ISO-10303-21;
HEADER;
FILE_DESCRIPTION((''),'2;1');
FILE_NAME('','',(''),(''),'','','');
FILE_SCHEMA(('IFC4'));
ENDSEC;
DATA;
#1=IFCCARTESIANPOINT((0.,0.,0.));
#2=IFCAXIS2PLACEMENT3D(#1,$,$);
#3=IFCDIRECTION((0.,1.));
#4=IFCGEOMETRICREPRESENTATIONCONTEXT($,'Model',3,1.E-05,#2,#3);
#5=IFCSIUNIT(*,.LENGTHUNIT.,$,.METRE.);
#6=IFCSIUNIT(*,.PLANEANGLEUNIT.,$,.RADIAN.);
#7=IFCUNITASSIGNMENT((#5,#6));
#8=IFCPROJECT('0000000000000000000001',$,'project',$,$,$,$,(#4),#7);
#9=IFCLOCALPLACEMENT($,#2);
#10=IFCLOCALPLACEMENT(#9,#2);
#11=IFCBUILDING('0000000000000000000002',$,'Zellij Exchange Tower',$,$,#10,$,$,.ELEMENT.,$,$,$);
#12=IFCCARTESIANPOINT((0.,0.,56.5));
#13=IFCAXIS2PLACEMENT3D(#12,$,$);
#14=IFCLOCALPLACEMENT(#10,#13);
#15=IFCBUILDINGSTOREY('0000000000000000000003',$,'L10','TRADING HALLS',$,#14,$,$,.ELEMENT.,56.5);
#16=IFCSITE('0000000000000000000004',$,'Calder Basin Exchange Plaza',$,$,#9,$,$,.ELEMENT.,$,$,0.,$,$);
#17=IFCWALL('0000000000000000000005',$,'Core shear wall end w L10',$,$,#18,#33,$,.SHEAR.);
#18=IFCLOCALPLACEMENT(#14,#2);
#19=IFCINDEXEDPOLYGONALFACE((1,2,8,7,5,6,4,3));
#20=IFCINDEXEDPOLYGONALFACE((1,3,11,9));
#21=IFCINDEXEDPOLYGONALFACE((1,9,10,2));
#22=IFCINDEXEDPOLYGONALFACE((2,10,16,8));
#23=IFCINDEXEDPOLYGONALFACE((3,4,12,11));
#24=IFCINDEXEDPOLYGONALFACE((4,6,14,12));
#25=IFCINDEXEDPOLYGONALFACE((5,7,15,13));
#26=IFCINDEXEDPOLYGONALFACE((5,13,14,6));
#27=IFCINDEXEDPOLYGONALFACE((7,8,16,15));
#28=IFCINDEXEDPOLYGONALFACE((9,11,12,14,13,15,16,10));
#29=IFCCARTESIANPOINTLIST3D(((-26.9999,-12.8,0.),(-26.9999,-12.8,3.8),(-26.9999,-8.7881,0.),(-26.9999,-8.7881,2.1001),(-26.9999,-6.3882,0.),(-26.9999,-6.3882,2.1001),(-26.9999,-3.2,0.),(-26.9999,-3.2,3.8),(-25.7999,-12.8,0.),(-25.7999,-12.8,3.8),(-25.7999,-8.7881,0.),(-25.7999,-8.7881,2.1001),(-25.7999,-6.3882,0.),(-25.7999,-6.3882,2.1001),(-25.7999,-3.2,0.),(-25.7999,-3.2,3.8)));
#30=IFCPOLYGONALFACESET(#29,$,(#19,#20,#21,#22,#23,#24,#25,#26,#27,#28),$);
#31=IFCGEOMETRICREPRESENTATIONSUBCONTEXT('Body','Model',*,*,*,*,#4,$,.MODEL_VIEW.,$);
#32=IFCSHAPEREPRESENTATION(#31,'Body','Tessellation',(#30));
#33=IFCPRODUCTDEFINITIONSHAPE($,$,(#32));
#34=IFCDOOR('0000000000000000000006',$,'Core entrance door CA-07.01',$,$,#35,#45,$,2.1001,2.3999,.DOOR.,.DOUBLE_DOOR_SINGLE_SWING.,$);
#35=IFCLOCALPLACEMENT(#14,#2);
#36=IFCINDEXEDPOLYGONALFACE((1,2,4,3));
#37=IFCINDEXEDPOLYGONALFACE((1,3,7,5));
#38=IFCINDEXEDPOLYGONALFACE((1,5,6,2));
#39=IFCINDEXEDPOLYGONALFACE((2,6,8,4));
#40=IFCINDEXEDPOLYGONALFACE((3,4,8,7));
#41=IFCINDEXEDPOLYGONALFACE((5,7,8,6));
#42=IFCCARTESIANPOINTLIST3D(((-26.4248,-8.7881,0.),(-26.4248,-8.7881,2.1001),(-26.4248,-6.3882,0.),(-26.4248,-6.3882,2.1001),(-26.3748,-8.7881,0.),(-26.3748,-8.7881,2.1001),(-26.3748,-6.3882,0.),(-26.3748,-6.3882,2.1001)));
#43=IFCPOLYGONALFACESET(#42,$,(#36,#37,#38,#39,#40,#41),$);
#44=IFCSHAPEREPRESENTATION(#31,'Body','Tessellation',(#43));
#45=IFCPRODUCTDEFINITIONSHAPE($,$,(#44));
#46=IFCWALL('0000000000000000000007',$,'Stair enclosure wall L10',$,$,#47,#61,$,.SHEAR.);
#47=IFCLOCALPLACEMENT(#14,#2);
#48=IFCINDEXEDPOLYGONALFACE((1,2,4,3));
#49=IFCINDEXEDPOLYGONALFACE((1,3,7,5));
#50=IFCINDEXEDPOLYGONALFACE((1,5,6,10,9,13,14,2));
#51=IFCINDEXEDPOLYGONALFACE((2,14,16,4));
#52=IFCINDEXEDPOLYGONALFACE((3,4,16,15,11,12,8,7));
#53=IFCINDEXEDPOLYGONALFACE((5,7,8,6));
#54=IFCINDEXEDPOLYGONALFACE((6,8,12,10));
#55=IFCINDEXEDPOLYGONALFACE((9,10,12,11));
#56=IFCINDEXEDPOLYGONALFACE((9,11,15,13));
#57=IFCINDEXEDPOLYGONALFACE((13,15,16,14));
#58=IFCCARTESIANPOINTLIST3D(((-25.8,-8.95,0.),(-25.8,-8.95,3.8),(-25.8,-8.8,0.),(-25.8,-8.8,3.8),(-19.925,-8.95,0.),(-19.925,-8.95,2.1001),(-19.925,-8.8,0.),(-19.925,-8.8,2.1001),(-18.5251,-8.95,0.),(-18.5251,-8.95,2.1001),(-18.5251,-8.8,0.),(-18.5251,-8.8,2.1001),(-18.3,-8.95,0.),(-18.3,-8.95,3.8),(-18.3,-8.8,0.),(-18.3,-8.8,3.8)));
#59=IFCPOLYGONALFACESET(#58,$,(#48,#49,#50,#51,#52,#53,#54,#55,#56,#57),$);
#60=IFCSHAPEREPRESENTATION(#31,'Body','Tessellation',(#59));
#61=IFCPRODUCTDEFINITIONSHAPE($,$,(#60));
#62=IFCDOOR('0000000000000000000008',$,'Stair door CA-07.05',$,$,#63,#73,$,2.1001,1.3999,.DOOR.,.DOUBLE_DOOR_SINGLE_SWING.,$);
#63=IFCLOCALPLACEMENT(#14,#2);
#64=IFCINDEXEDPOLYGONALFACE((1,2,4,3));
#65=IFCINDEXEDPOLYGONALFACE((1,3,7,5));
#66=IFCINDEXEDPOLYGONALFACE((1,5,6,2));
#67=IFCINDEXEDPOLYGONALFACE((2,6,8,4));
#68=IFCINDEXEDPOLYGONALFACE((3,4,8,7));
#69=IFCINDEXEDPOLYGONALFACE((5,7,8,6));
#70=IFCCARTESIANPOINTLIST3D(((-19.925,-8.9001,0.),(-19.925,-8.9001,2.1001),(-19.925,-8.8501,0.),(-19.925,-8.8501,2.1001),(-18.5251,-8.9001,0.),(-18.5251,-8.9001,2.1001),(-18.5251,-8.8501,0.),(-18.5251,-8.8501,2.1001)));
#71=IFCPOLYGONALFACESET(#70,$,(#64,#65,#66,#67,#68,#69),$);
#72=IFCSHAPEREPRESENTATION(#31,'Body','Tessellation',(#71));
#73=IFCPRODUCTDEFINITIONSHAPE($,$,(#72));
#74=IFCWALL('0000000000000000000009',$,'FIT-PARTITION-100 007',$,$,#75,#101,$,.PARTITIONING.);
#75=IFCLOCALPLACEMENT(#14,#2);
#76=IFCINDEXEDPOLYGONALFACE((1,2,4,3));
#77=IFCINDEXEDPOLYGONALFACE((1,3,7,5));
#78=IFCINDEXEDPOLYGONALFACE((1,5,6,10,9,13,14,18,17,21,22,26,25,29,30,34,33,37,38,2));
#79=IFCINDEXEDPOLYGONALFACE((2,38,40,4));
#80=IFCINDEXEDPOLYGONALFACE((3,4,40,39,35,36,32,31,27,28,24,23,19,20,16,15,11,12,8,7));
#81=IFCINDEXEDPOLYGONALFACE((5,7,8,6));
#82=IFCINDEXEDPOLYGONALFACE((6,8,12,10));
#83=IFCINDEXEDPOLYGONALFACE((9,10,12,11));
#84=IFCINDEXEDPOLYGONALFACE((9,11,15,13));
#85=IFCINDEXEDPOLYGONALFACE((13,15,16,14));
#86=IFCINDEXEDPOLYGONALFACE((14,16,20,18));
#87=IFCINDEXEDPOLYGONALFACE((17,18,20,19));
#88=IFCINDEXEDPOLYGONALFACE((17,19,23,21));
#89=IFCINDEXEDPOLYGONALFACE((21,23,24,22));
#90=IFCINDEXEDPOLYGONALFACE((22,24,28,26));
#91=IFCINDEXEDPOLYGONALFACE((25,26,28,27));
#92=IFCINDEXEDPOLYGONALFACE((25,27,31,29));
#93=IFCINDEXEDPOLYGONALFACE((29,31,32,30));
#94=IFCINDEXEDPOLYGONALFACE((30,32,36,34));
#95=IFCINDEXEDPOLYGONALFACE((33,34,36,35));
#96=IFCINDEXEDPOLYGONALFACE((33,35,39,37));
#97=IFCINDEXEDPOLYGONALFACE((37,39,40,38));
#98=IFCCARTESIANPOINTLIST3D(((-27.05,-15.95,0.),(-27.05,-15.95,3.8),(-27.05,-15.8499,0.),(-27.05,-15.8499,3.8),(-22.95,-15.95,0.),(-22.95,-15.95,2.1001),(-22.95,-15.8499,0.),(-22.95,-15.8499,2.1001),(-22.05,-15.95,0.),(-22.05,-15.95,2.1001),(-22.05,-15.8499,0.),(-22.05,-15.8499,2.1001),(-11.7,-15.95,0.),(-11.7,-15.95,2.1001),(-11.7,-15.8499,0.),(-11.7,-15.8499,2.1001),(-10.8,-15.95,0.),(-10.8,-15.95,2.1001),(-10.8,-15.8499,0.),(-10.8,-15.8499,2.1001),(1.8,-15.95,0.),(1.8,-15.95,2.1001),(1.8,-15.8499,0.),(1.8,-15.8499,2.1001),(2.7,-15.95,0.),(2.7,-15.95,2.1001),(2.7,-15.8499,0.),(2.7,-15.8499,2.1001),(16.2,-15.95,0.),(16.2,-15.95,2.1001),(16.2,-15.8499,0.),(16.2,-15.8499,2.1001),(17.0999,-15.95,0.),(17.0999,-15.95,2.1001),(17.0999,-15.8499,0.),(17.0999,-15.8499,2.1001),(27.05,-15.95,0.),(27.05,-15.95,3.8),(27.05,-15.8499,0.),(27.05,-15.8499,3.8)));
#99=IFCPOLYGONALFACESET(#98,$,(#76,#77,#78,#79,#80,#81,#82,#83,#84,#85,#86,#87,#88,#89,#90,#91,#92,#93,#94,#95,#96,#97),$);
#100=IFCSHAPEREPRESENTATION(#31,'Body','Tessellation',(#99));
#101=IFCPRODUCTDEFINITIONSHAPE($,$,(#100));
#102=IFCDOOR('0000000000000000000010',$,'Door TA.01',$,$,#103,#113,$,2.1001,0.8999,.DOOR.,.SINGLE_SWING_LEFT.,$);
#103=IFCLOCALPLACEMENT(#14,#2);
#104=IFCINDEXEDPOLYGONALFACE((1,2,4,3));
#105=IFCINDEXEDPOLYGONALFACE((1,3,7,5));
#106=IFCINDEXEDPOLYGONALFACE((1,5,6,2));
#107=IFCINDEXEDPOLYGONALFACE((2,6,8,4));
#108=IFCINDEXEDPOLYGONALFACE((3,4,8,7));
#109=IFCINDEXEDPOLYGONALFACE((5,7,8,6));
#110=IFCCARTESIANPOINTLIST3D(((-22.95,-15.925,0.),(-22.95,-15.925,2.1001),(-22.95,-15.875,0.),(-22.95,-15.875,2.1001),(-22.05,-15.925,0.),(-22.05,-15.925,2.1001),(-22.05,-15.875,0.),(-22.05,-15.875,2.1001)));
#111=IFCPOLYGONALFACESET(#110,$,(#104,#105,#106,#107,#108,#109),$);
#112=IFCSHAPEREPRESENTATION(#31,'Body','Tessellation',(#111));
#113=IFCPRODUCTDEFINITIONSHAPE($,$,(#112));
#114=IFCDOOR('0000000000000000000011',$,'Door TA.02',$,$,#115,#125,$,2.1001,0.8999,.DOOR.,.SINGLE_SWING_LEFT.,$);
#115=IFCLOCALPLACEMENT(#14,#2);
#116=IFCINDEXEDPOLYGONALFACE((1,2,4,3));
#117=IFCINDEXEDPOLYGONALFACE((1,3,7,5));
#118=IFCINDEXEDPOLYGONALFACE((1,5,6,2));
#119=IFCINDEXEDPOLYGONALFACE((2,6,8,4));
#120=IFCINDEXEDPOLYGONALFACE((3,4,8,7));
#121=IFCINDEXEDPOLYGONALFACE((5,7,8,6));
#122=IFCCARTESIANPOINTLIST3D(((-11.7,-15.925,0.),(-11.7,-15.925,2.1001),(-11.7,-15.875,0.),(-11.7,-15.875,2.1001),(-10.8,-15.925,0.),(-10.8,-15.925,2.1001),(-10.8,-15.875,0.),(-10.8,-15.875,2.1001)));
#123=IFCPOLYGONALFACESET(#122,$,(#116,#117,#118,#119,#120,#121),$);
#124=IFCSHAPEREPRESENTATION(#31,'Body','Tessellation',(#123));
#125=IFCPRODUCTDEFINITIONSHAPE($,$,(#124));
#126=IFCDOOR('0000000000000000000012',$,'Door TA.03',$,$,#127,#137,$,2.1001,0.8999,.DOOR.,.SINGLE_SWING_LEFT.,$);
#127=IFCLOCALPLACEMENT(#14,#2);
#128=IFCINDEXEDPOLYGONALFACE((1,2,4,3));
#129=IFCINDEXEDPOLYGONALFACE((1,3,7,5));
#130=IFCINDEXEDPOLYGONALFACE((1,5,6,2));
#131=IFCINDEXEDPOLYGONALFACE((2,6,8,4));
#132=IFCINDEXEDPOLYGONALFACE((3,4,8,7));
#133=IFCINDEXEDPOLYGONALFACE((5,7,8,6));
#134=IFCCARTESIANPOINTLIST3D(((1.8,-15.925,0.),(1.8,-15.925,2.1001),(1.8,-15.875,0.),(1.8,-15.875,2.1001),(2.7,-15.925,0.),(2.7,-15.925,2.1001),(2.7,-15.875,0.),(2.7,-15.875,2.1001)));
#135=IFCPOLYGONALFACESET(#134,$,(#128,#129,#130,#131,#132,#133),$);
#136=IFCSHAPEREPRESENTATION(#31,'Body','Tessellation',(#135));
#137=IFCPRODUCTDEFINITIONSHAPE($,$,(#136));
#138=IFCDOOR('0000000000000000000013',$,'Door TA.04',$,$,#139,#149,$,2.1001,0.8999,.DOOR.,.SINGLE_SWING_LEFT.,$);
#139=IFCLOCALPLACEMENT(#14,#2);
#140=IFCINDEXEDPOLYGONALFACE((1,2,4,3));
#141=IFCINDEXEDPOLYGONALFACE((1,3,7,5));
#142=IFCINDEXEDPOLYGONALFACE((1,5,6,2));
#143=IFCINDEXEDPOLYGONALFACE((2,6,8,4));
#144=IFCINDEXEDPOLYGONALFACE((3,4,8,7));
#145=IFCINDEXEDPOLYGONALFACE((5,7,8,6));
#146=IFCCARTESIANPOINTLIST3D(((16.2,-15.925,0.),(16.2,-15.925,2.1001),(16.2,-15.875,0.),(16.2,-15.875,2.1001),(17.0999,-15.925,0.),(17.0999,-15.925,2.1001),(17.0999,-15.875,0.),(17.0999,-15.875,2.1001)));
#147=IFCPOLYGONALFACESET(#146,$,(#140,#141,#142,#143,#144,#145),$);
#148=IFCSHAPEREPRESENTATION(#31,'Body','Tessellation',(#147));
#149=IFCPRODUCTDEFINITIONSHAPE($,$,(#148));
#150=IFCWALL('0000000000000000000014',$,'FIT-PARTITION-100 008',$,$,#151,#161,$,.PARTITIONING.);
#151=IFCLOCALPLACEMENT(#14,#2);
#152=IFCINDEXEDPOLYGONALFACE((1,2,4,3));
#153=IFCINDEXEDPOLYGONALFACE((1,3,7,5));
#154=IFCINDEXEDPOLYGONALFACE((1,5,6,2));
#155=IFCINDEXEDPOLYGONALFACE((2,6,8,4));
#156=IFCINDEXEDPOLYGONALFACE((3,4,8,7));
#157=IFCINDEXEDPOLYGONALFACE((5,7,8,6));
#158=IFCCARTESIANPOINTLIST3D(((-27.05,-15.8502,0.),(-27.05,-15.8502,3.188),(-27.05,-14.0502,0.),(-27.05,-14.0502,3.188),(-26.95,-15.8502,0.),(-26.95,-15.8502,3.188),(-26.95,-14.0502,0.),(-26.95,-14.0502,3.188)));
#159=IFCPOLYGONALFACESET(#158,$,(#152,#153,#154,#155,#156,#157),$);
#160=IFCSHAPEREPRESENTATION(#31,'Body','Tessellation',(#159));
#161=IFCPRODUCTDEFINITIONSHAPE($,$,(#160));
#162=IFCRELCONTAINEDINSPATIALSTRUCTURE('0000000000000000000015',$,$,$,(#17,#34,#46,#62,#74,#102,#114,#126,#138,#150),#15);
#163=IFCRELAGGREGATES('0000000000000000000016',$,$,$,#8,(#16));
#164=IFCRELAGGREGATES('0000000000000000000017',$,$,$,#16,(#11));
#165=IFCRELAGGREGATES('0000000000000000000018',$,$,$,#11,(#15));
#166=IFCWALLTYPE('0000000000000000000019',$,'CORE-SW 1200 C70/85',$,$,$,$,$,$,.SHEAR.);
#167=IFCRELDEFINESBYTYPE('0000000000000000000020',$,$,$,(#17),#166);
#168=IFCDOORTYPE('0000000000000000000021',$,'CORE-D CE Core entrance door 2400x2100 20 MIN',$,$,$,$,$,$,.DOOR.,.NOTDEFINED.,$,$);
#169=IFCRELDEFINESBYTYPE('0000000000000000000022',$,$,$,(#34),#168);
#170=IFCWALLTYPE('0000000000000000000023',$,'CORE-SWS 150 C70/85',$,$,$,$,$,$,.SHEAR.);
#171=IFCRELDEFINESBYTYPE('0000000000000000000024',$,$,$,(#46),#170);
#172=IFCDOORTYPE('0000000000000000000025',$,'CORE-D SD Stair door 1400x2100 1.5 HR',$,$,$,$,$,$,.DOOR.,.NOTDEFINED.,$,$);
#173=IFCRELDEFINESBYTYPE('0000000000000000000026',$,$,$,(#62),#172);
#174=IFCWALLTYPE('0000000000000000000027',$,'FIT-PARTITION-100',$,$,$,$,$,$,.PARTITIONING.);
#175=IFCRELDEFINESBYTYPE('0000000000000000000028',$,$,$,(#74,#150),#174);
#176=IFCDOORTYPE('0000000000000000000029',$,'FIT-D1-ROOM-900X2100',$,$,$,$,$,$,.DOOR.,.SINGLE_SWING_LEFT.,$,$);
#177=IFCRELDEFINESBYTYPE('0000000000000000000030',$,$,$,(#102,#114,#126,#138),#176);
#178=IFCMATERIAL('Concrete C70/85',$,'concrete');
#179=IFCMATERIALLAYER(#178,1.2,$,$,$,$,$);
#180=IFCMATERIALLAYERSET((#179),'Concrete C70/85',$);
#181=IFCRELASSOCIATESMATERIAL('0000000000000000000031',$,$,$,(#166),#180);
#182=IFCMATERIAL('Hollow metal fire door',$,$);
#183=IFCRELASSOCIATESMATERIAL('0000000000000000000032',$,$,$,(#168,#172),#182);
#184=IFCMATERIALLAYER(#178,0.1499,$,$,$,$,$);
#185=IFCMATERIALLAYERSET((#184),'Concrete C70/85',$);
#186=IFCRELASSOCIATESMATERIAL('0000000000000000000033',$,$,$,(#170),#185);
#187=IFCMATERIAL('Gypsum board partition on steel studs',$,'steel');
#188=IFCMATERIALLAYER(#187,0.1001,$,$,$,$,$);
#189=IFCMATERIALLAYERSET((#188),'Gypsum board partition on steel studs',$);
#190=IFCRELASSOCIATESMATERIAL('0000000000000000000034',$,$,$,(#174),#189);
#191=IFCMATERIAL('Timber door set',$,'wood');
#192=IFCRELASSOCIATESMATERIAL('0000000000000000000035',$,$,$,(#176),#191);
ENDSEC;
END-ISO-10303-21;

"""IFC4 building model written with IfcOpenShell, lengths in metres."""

from ifc_helpers import new_model, si_unit, direction, frame, frame_2d, origin, place, context, subcontext, project, spatial, rectangle, extrude, material, layer, layer_set, type_object, element, fill, save


model = new_model("IFC4")

# Units and contexts
model_context = context("Model", 3, precision=1e-05, world=origin(), true_north=direction((0.0, 1.0)))
body_context = subcontext(model_context, "Body", "Model", "MODEL_VIEW")
ifc_project = project(units=[si_unit("LENGTHUNIT", "METRE"), si_unit("PLANEANGLEUNIT", "RADIAN")], contexts=[model_context])

# Site, building, storey
site_placement = place(None, origin())
site = spatial("IfcSite", under=ifc_project, at=site_placement, Name="Calder Basin Exchange Plaza", CompositionType="ELEMENT", RefElevation=0.0)
building_placement = place(site_placement, origin())
building = spatial("IfcBuilding", under=site, at=building_placement, Name="Zellij Exchange Tower", CompositionType="ELEMENT")
storey_placement = place(building_placement, frame((0.0, 0.0, 56.5)))
storey = spatial("IfcBuildingStorey", under=building, at=storey_placement, Name="L10", Description="TRADING HALLS", CompositionType="ELEMENT", Elevation=56.5)

# Shared definitions
ifc_material_1 = material(Name="Concrete C70/85", Category="concrete")

# Shared definitions
ifc_layer_1 = layer(ifc_material_1, 1.2)
ifc_layer_set_1 = layer_set([ifc_layer_1], Name="Concrete C70/85")
wall_type_1 = type_object("IfcWallType", Name="CORE-SW 1200 C70/85", PredefinedType="SHEAR", material=ifc_layer_set_1)
ifc_material_2 = material(Name="Hollow metal fire door")

# Walls, openings, doors
wall_1_placement = place(storey_placement, frame((-26.3999, -12.8, 0.0), z_axis=(0.0, 0.0, 1.0), x_axis=(0.0, 1.0, 0.0)))
wall_1 = element("IfcWall", 1, at=wall_1_placement, inside=storey, type_object=wall_type_1, Name="Core shear wall end w L10", PredefinedType="SHEAR", context=body_context, shape_type="SweptSolid", body=[
    extrude(rectangle(XDim=9.6001, YDim=1.2, at=frame_2d((4.8, 0.0))), origin(), (0.0, 0.0, 1.0), 3.8),
])
opening_1_placement = place(wall_1_placement, frame((4.012, 0.0, 0.0)))
opening_1 = element("IfcOpeningElement", 2, at=opening_1_placement, cuts=wall_1, PredefinedType="OPENING", context=body_context, shape_type="SweptSolid", body=[
    extrude(rectangle(XDim=2.3999, YDim=2.1001, at=frame_2d((1.2, 1.05))), frame((0.0, 0.6118, 0.0), z_axis=(0.0, -1.0, 0.0), x_axis=(1.0, 0.0, 0.0)), (0.0, 0.0, 1.0), 1.2239),
])
door_type_1 = type_object("IfcDoorType", Name="CORE-D CE Core entrance door 2400x2100 20 MIN", OperationType="NOTDEFINED", PredefinedType="DOOR", material=ifc_material_2)
door_1_placement = place(opening_1_placement, origin())
door_1 = element("IfcDoor", 3, at=door_1_placement, inside=storey, type_object=door_type_1, Name="Core entrance door CA-07.01", OperationType="DOUBLE_DOOR_SINGLE_SWING", OverallHeight=2.1001, OverallWidth=2.3999, PredefinedType="DOOR", context=body_context, shape_type="SweptSolid", body=[
    extrude(rectangle(XDim=2.3999, YDim=2.1001, at=frame_2d((1.2, 1.05))), frame((0.0, 0.0249, 0.0), z_axis=(0.0, -1.0, 0.0), x_axis=(1.0, 0.0, 0.0)), (0.0, 0.0, 1.0), 0.05),
])
fill(opening_1, door_1)
ifc_layer_2 = layer(ifc_material_1, 0.1499)
ifc_layer_set_2 = layer_set([ifc_layer_2], Name="Concrete C70/85")
wall_type_2 = type_object("IfcWallType", Name="CORE-SWS 150 C70/85", PredefinedType="SHEAR", material=ifc_layer_set_2)
wall_2_placement = place(storey_placement, frame((-25.8, -8.875, 0.0), z_axis=(0.0, 0.0, 1.0), x_axis=(1.0, 0.0, 0.0)))
wall_2 = element("IfcWall", 4, at=wall_2_placement, inside=storey, type_object=wall_type_2, Name="Stair enclosure wall L10", PredefinedType="SHEAR", context=body_context, shape_type="SweptSolid", body=[
    extrude(rectangle(XDim=7.5, YDim=0.1499, at=frame_2d((3.75, 0.0))), origin(), (0.0, 0.0, 1.0), 3.8),
])
opening_2_placement = place(wall_2_placement, frame((5.875, 0.0, 0.0)))
opening_2 = element("IfcOpeningElement", 5, at=opening_2_placement, cuts=wall_2, PredefinedType="OPENING", context=body_context, shape_type="SweptSolid", body=[
    extrude(rectangle(XDim=1.3999, YDim=2.1001, at=frame_2d((0.7, 1.05))), frame((0.0, 0.0869, 0.0), z_axis=(0.0, -1.0, 0.0), x_axis=(1.0, 0.0, 0.0)), (0.0, 0.0, 1.0), 0.1738),
])
door_type_2 = type_object("IfcDoorType", Name="CORE-D SD Stair door 1400x2100 1.5 HR", OperationType="NOTDEFINED", PredefinedType="DOOR", material=ifc_material_2)
door_2_placement = place(opening_2_placement, origin())
door_2 = element("IfcDoor", 6, at=door_2_placement, inside=storey, type_object=door_type_2, Name="Stair door CA-07.05", OperationType="DOUBLE_DOOR_SINGLE_SWING", OverallHeight=2.1001, OverallWidth=1.3999, PredefinedType="DOOR", context=body_context, shape_type="SweptSolid", body=[
    extrude(rectangle(XDim=1.3999, YDim=2.1001, at=frame_2d((0.7, 1.05))), frame((0.0, 0.0249, 0.0), z_axis=(0.0, -1.0, 0.0), x_axis=(1.0, 0.0, 0.0)), (0.0, 0.0, 1.0), 0.05),
])
fill(opening_2, door_2)

# Wall, openings, doors
ifc_material_3 = material(Name="Gypsum board partition on steel studs", Category="steel")
ifc_layer_3 = layer(ifc_material_3, 0.1001)
ifc_layer_set_3 = layer_set([ifc_layer_3], Name="Gypsum board partition on steel studs")
wall_type_3 = type_object("IfcWallType", Name="FIT-PARTITION-100", PredefinedType="PARTITIONING", material=ifc_layer_set_3)
wall_3_placement = place(storey_placement, frame((-27.05, -15.8999, 0.0), z_axis=(0.0, 0.0, 1.0), x_axis=(1.0, 0.0, 0.0)))
wall_3 = element("IfcWall", 7, at=wall_3_placement, inside=storey, type_object=wall_type_3, Name="FIT-PARTITION-100 007", PredefinedType="PARTITIONING", context=body_context, shape_type="SweptSolid", body=[
    extrude(rectangle(XDim=54.1001, YDim=0.1001, at=frame_2d((27.05, 0.0))), origin(), (0.0, 0.0, 1.0), 3.8),
])
opening_3_placement = place(wall_3_placement, frame((4.1001, 0.0, 0.0)))
opening_3 = element("IfcOpeningElement", 8, at=opening_3_placement, cuts=wall_3, PredefinedType="OPENING", context=body_context, shape_type="SweptSolid", body=[
    extrude(rectangle(XDim=0.8999, YDim=2.1001, at=frame_2d((0.45, 1.05))), frame((0.0, 0.062, 0.0), z_axis=(0.0, -1.0, 0.0), x_axis=(1.0, 0.0, 0.0)), (0.0, 0.0, 1.0), 0.124),
])
opening_4_placement = place(wall_3_placement, frame((15.3501, 0.0, 0.0)))
opening_4 = element("IfcOpeningElement", 9, at=opening_4_placement, cuts=wall_3, PredefinedType="OPENING", context=body_context, shape_type="SweptSolid", body=[
    extrude(rectangle(XDim=0.8999, YDim=2.1001, at=frame_2d((0.45, 1.05))), frame((0.0, 0.062, 0.0), z_axis=(0.0, -1.0, 0.0), x_axis=(1.0, 0.0, 0.0)), (0.0, 0.0, 1.0), 0.124),
])
opening_5_placement = place(wall_3_placement, frame((28.8501, 0.0, 0.0)))
opening_5 = element("IfcOpeningElement", 10, at=opening_5_placement, cuts=wall_3, PredefinedType="OPENING", context=body_context, shape_type="SweptSolid", body=[
    extrude(rectangle(XDim=0.8999, YDim=2.1001, at=frame_2d((0.45, 1.05))), frame((0.0, 0.062, 0.0), z_axis=(0.0, -1.0, 0.0), x_axis=(1.0, 0.0, 0.0)), (0.0, 0.0, 1.0), 0.124),
])
opening_6_placement = place(wall_3_placement, frame((43.25, 0.0, 0.0)))
opening_6 = element("IfcOpeningElement", 11, at=opening_6_placement, cuts=wall_3, PredefinedType="OPENING", context=body_context, shape_type="SweptSolid", body=[
    extrude(rectangle(XDim=0.8999, YDim=2.1001, at=frame_2d((0.45, 1.05))), frame((0.0, 0.062, 0.0), z_axis=(0.0, -1.0, 0.0), x_axis=(1.0, 0.0, 0.0)), (0.0, 0.0, 1.0), 0.124),
])
ifc_material_4 = material(Name="Timber door set", Category="wood")
door_type_3 = type_object("IfcDoorType", Name="FIT-D1-ROOM-900X2100", OperationType="SINGLE_SWING_LEFT", PredefinedType="DOOR", material=ifc_material_4)
door_3_placement = place(opening_3_placement, origin())
door_3 = element("IfcDoor", 12, at=door_3_placement, inside=storey, type_object=door_type_3, Name="Door TA.01", OperationType="SINGLE_SWING_LEFT", OverallHeight=2.1001, OverallWidth=0.8999, PredefinedType="DOOR", context=body_context, shape_type="SweptSolid", body=[
    extrude(rectangle(XDim=0.8999, YDim=2.1001, at=frame_2d((0.45, 1.05))), frame((0.0, 0.0249, 0.0), z_axis=(0.0, -1.0, 0.0), x_axis=(1.0, 0.0, 0.0)), (0.0, 0.0, 1.0), 0.05),
])
fill(opening_3, door_3)
door_4_placement = place(opening_4_placement, origin())
door_4 = element("IfcDoor", 13, at=door_4_placement, inside=storey, type_object=door_type_3, Name="Door TA.02", OperationType="SINGLE_SWING_LEFT", OverallHeight=2.1001, OverallWidth=0.8999, PredefinedType="DOOR", context=body_context, shape_type="SweptSolid", body=[
    extrude(rectangle(XDim=0.8999, YDim=2.1001, at=frame_2d((0.45, 1.05))), frame((0.0, 0.0249, 0.0), z_axis=(0.0, -1.0, 0.0), x_axis=(1.0, 0.0, 0.0)), (0.0, 0.0, 1.0), 0.05),
])
fill(opening_4, door_4)
door_5_placement = place(opening_5_placement, origin())
door_5 = element("IfcDoor", 14, at=door_5_placement, inside=storey, type_object=door_type_3, Name="Door TA.03", OperationType="SINGLE_SWING_LEFT", OverallHeight=2.1001, OverallWidth=0.8999, PredefinedType="DOOR", context=body_context, shape_type="SweptSolid", body=[
    extrude(rectangle(XDim=0.8999, YDim=2.1001, at=frame_2d((0.45, 1.05))), frame((0.0, 0.0249, 0.0), z_axis=(0.0, -1.0, 0.0), x_axis=(1.0, 0.0, 0.0)), (0.0, 0.0, 1.0), 0.05),
])
fill(opening_5, door_5)
door_6_placement = place(opening_6_placement, origin())
door_6 = element("IfcDoor", 15, at=door_6_placement, inside=storey, type_object=door_type_3, Name="Door TA.04", OperationType="SINGLE_SWING_LEFT", OverallHeight=2.1001, OverallWidth=0.8999, PredefinedType="DOOR", context=body_context, shape_type="SweptSolid", body=[
    extrude(rectangle(XDim=0.8999, YDim=2.1001, at=frame_2d((0.45, 1.05))), frame((0.0, 0.0249, 0.0), z_axis=(0.0, -1.0, 0.0), x_axis=(1.0, 0.0, 0.0)), (0.0, 0.0, 1.0), 0.05),
])
fill(opening_6, door_6)

# Wall
wall_4_placement = place(storey_placement, frame((-27.0, -15.8501, 0.0), z_axis=(0.0, 0.0, 1.0), x_axis=(0.0, 1.0, 0.0)))
element("IfcWall", 16, at=wall_4_placement, inside=storey, type_object=wall_type_3, Name="FIT-PARTITION-100 008", PredefinedType="PARTITIONING", context=body_context, shape_type="SweptSolid", body=[
    extrude(rectangle(XDim=1.8, YDim=0.1001, at=frame_2d((0.8999, 0.0))), origin(), (0.0, 0.0, 1.0), 3.188),
])

save(model, "model.ifc")
